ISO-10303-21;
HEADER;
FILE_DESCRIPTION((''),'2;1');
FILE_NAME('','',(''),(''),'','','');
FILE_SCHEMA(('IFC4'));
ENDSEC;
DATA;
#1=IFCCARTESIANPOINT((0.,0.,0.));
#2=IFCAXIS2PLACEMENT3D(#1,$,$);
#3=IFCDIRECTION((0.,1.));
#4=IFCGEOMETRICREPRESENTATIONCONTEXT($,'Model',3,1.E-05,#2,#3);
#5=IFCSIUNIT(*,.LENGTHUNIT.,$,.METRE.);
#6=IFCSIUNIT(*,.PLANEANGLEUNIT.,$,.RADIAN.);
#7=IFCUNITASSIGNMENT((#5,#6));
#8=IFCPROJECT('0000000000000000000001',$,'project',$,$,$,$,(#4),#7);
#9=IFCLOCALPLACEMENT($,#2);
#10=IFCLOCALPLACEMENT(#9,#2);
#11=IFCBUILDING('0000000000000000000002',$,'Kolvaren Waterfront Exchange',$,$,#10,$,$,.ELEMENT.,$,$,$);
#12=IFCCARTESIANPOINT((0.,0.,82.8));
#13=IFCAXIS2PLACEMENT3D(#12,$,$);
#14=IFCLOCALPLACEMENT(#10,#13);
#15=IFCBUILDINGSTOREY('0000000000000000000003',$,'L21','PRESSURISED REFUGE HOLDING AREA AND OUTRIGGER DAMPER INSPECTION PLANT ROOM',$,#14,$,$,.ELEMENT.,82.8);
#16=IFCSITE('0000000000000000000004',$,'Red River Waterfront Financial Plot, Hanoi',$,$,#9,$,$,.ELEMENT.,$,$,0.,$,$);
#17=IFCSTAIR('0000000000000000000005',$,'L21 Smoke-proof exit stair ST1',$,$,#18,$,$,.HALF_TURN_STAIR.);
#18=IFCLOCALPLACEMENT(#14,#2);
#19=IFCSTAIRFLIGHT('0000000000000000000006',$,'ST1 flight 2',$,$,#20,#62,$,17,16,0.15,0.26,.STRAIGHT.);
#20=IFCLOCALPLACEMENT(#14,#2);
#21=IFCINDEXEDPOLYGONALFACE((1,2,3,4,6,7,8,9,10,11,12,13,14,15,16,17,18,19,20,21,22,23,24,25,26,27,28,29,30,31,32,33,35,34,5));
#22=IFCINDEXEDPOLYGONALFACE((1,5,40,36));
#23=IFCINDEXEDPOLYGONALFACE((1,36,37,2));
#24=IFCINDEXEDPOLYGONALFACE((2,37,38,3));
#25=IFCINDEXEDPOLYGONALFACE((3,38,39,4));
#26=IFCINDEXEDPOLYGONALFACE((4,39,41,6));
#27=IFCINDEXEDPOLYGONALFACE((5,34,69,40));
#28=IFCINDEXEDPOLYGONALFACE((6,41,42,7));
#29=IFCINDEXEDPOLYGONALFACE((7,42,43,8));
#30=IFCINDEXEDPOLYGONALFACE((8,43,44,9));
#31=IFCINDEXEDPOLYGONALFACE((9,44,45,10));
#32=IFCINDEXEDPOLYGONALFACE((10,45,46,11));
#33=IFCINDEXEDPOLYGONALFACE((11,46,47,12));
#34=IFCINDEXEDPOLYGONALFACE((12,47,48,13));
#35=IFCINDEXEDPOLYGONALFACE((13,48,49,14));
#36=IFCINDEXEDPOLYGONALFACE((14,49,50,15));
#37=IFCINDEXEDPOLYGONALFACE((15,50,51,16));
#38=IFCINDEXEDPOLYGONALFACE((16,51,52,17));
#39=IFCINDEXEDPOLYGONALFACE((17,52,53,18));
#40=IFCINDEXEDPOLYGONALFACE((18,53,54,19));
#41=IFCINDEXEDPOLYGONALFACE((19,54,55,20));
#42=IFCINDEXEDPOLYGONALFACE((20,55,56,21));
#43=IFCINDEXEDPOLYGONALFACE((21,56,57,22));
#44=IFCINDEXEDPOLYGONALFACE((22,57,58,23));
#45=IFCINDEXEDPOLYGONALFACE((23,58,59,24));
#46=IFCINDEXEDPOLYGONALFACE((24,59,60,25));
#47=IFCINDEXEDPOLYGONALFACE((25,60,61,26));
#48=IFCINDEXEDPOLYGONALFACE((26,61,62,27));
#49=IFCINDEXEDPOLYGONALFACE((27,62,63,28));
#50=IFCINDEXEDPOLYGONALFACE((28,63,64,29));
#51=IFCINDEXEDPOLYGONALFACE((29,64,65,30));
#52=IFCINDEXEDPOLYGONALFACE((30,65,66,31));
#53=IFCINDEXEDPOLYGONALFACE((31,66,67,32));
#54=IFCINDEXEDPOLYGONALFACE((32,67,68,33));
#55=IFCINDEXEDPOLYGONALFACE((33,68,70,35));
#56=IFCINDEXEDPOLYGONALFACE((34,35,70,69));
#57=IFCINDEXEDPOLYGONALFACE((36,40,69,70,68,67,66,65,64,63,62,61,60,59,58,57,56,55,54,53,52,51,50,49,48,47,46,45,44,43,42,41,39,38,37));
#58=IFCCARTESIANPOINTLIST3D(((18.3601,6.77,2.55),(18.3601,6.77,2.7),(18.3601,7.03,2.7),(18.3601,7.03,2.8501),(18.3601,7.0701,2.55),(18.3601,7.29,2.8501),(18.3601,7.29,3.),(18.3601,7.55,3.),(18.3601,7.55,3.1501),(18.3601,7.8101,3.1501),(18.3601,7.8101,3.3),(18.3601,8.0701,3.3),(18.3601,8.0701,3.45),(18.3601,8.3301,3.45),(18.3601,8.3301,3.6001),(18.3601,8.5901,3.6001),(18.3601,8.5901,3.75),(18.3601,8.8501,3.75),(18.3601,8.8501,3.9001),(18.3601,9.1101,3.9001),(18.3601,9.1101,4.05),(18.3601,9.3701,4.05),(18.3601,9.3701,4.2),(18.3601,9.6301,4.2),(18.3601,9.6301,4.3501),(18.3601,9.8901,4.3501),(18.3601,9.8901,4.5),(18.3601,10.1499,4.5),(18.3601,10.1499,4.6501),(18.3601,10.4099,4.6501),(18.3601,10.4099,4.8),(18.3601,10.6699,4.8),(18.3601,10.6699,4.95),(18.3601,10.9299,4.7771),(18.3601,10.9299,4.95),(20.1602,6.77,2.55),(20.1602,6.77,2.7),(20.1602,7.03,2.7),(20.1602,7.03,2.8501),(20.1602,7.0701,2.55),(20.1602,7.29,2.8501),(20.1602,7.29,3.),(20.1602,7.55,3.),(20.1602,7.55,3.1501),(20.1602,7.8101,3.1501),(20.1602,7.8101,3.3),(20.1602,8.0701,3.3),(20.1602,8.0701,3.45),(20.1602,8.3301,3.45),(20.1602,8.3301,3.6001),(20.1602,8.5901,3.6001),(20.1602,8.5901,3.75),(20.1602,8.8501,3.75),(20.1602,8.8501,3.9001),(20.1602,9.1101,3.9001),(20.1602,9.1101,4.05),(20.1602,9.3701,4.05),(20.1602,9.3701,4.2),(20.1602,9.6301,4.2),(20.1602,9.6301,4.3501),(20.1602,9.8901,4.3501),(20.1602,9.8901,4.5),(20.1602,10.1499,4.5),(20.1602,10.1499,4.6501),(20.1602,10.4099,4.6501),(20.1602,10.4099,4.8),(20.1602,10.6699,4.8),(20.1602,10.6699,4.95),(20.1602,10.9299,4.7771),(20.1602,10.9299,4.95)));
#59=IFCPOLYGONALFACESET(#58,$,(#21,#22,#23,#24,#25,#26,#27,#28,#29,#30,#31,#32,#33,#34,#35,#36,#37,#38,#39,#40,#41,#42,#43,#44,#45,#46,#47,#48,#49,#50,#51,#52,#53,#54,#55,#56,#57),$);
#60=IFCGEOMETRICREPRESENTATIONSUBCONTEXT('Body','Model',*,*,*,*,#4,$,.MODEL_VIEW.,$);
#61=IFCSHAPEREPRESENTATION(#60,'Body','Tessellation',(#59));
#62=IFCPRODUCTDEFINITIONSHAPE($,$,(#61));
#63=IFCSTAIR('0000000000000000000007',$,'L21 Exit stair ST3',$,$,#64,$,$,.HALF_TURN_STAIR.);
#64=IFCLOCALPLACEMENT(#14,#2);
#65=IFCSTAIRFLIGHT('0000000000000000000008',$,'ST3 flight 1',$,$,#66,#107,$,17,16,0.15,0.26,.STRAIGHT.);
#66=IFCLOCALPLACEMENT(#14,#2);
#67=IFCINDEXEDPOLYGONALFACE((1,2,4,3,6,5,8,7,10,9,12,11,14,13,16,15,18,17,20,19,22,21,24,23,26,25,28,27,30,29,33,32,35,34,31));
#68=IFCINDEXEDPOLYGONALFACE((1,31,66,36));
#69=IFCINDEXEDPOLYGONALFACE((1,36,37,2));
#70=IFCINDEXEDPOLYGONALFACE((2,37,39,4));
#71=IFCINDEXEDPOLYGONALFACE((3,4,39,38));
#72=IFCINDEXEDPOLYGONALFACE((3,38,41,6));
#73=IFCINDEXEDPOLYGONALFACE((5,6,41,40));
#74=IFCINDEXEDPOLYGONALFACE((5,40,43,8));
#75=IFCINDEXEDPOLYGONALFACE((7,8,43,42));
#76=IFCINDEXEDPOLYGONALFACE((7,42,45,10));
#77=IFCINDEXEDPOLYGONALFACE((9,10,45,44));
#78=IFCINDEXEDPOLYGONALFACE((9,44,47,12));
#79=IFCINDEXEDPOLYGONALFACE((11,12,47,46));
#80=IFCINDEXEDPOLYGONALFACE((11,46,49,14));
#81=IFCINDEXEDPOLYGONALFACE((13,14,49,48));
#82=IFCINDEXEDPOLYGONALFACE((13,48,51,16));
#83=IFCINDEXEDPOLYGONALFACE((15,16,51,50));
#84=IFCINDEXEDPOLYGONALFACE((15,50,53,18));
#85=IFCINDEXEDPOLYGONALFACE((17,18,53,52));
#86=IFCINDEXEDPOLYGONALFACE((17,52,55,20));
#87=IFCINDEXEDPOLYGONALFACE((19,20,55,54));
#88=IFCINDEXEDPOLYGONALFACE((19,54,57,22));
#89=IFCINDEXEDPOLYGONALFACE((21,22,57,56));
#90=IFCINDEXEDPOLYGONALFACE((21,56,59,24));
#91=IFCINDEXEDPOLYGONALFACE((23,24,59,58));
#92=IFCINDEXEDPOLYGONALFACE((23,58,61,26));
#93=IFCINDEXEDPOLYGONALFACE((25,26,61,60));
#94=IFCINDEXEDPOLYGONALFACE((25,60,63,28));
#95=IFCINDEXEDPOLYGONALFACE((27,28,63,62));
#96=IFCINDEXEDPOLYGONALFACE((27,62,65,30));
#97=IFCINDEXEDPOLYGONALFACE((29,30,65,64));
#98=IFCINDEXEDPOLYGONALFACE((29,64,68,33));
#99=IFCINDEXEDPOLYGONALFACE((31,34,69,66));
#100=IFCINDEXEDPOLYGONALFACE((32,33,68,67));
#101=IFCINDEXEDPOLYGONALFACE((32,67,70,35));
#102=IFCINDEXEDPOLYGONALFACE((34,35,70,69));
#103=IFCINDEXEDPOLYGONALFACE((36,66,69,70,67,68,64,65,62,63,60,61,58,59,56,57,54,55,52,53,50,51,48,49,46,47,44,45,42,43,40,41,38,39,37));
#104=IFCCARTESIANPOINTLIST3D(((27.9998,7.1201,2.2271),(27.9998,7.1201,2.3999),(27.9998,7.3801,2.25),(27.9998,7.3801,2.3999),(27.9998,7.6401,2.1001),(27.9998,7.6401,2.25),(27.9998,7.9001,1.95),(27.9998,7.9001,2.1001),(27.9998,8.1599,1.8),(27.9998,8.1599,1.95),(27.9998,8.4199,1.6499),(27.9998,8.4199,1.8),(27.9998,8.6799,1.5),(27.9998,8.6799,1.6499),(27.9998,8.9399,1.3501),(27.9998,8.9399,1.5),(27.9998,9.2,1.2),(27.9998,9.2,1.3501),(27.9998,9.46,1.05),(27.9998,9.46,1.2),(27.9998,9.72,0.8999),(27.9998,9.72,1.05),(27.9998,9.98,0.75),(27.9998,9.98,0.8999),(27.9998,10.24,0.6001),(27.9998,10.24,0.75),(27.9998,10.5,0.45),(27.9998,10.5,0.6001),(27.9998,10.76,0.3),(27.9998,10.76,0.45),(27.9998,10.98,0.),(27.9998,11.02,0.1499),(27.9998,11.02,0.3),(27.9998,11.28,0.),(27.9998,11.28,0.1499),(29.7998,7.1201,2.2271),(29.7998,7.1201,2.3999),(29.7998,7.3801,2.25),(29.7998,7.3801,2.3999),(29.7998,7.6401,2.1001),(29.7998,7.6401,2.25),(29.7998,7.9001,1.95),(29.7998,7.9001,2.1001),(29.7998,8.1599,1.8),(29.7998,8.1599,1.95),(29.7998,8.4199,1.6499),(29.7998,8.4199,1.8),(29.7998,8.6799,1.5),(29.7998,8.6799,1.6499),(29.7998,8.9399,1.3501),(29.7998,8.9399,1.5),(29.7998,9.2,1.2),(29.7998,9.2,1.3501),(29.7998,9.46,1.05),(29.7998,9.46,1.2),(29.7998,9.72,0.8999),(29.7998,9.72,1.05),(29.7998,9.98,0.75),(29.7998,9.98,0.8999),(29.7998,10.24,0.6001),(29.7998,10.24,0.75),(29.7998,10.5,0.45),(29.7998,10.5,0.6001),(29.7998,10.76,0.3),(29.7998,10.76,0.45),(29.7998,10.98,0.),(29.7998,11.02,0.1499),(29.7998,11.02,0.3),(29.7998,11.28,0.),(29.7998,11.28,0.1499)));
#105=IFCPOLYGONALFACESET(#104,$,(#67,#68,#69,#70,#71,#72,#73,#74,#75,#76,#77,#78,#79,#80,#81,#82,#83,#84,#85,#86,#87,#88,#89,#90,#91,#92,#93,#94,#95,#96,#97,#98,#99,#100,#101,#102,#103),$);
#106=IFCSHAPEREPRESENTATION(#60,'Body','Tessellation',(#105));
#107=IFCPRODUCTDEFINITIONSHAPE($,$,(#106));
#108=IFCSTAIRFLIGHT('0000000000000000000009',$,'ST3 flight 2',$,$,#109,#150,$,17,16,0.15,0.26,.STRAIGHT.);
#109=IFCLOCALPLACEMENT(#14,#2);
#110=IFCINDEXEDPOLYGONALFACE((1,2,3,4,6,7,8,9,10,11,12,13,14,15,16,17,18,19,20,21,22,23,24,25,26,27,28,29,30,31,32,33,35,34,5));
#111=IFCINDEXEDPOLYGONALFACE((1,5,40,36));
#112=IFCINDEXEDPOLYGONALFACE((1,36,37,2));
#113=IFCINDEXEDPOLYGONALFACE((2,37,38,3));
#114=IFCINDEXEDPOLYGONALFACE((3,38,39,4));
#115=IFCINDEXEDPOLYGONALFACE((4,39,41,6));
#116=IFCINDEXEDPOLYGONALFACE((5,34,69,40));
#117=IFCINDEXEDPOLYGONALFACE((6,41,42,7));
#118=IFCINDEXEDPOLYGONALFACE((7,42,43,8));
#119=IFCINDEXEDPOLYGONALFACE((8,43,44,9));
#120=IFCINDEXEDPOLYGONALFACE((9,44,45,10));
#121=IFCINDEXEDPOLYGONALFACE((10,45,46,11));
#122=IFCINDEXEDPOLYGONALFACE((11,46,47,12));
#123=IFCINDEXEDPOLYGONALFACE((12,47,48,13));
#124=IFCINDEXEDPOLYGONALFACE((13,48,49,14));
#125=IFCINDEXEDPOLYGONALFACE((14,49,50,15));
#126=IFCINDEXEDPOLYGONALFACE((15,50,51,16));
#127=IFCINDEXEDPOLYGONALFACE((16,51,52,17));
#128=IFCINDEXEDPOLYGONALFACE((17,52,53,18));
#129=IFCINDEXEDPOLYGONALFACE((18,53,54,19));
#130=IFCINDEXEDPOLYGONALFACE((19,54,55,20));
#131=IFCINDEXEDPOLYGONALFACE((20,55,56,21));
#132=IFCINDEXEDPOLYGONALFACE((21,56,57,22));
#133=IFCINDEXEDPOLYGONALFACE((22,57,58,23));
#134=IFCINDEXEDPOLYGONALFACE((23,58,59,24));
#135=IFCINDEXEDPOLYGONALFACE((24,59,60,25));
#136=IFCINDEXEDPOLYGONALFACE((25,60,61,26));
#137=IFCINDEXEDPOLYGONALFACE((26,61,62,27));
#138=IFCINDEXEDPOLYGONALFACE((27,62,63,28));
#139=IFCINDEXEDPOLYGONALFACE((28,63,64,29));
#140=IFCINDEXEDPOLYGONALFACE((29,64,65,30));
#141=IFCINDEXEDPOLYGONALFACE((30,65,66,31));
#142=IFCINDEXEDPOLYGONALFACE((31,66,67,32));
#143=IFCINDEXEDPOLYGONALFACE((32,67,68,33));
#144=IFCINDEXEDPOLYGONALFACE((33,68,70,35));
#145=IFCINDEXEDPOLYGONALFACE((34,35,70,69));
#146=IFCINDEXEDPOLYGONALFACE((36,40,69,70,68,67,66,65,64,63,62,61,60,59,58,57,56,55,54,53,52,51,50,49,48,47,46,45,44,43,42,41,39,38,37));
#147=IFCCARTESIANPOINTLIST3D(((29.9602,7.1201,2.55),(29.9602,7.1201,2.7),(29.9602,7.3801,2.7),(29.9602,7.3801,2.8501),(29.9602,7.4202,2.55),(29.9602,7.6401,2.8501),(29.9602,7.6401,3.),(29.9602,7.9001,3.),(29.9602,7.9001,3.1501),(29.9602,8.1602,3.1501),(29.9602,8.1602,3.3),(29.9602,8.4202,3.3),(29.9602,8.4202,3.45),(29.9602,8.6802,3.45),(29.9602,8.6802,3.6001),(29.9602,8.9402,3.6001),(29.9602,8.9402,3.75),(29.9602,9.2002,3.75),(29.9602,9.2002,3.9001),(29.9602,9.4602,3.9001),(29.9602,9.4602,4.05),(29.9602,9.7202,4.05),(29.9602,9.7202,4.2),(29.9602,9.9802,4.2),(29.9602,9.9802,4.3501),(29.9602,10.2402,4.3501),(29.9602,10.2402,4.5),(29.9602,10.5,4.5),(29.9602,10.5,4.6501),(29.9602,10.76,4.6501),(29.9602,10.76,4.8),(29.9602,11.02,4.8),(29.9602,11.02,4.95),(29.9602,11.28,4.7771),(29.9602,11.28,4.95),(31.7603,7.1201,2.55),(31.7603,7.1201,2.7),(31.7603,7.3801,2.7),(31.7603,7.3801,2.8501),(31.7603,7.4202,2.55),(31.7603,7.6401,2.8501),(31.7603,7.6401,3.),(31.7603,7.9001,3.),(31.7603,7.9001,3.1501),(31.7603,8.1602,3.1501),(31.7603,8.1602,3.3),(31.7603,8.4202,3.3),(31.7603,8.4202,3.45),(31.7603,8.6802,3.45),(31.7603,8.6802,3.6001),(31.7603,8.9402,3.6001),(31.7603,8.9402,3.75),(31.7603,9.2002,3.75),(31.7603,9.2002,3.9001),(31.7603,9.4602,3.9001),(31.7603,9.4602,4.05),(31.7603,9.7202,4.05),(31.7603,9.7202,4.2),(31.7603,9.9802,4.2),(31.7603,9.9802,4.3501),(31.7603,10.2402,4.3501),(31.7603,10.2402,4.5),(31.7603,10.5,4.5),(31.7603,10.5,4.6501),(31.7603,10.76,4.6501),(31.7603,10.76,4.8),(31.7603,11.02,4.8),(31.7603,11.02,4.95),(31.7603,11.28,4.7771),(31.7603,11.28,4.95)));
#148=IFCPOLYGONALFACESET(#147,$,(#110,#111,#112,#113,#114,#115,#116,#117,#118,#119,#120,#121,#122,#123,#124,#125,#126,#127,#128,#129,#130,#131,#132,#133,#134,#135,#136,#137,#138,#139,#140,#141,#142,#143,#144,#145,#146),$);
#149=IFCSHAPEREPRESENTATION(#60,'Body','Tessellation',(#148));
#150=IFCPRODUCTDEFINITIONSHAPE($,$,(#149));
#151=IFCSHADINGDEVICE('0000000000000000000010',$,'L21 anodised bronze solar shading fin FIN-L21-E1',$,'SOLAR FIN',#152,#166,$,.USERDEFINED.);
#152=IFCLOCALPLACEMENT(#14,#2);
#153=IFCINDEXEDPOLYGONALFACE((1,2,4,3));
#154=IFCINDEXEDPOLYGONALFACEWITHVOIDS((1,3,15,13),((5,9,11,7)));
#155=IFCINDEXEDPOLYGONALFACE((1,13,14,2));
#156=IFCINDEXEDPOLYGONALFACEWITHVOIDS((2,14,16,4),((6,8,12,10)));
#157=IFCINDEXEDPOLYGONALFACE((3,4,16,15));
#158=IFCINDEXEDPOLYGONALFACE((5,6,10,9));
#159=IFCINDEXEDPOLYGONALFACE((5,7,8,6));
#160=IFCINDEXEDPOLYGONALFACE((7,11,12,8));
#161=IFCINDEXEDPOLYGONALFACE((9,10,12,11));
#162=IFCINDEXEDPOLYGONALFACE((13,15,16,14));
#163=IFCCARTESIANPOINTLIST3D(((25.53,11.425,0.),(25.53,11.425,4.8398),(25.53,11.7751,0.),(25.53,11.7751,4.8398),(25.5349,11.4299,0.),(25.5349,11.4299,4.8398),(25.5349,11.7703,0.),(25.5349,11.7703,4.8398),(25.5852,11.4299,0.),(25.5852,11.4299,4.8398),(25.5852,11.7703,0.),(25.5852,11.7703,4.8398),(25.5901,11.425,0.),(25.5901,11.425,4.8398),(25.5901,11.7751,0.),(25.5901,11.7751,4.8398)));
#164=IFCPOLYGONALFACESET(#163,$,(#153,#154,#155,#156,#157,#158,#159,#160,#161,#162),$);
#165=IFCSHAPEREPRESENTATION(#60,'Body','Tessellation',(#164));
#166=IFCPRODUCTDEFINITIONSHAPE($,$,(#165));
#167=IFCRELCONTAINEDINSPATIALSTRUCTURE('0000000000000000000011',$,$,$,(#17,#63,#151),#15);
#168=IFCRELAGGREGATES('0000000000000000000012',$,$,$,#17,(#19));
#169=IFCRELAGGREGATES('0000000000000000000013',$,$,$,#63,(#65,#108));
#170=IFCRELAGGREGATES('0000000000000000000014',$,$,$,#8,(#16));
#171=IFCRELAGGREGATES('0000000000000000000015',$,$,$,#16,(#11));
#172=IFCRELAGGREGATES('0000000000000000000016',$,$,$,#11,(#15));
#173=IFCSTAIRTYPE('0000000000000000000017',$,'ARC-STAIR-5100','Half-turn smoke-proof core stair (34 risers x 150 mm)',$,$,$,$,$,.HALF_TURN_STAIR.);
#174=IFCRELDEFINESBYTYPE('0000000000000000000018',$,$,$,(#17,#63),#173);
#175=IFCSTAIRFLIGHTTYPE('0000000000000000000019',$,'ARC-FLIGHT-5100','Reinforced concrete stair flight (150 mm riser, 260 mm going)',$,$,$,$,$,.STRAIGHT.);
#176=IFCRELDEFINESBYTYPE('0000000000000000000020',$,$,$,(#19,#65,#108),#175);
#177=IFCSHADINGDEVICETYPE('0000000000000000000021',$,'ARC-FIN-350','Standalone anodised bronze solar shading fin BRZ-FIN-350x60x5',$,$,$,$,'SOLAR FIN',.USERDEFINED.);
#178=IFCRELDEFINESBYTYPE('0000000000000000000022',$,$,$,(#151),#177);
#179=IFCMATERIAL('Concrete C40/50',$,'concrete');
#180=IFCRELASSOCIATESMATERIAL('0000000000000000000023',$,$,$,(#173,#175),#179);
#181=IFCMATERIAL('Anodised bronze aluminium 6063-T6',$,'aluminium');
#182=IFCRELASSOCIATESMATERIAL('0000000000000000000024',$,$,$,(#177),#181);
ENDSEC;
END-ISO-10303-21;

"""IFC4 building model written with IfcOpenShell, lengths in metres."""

from ifc_helpers import new_model, si_unit, direction, frame, origin, origin_2d, place, context, subcontext, project, spatial, polyline, hollow_rectangle, outline, extrude, material, material_profile, profile_set, type_object, element, aggregate, save


model = new_model("IFC4")

# Units and contexts
model_context = context("Model", 3, precision=1e-05, world=origin(), true_north=direction((0.0, 1.0)))
body_context = subcontext(model_context, "Body", "Model", "MODEL_VIEW")
ifc_project = project(units=[si_unit("LENGTHUNIT", "METRE"), si_unit("PLANEANGLEUNIT", "RADIAN")], contexts=[model_context])

# Site, building, storey
site_placement = place(None, origin())
site = spatial("IfcSite", under=ifc_project, at=site_placement, Name="Red River Waterfront Financial Plot, Hanoi", CompositionType="ELEMENT", RefElevation=0.0)
building_placement = place(site_placement, origin())
building = spatial("IfcBuilding", under=site, at=building_placement, Name="Kolvaren Waterfront Exchange", CompositionType="ELEMENT")
storey_placement = place(building_placement, frame((0.0, 0.0, 82.8)))
storey = spatial("IfcBuildingStorey", under=building, at=storey_placement, Name="L21", Description="PRESSURISED REFUGE HOLDING AREA AND OUTRIGGER DAMPER INSPECTION PLANT ROOM", CompositionType="ELEMENT", Elevation=82.8)

# Shared definitions
ifc_material_1 = material(Name="Concrete C40/50", Category="concrete")

# Stair, stair flight
stair_type = type_object("IfcStairType", Name="ARC-STAIR-5100", Description="Half-turn smoke-proof core stair (34 risers x 150 mm)", PredefinedType="HALF_TURN_STAIR", material=ifc_material_1)
stair_1_placement = place(storey_placement, origin())
stair_1 = element("IfcStair", 1, at=stair_1_placement, inside=storey, type_object=stair_type, Name="L21 Smoke-proof exit stair ST1", PredefinedType="HALF_TURN_STAIR")
stair_flight_type = type_object("IfcStairFlightType", Name="ARC-FLIGHT-5100", Description="Reinforced concrete stair flight (150 mm riser, 260 mm going)", PredefinedType="STRAIGHT", material=ifc_material_1)
stair_flight_1_placement = place(storey_placement, frame((19.26, 6.77, 2.55), z_axis=(0.0, 0.0, 1.0), x_axis=(0.0, 1.0, 0.0)))
stair_flight_1 = element("IfcStairFlight", 2, at=stair_flight_1_placement, type_object=stair_flight_type, Name="ST1 flight 2", NumberOfRisers=17, NumberOfTreads=16, PredefinedType="STRAIGHT", RiserHeight=0.15, TreadLength=0.26, context=body_context, shape_type="SweptSolid", body=[
    extrude(outline(polyline([(0.0, 0.0), (0.0, 0.1499), (0.26, 0.1499), (0.26, 0.3), (0.52, 0.3), (0.52, 0.45), (0.78, 0.45), (0.78, 0.6001), (1.04, 0.6001), (1.04, 0.75), (1.3, 0.75), (1.3, 0.8999), (1.5601, 0.8999), (1.5601, 1.05), (1.8201, 1.05), (1.8201, 1.2), (2.0801, 1.2), (2.0801, 1.3501), (2.3401, 1.3501), (2.3401, 1.5), (2.6001, 1.5), (2.6001, 1.6499), (2.8601, 1.6499), (2.8601, 1.8), (3.1201, 1.8), (3.1201, 1.95), (3.3799, 1.95), (3.3799, 2.1001), (3.6399, 2.1001), (3.6399, 2.25), (3.8999, 2.25), (3.8999, 2.3999), (4.1599, 2.3999), (4.1599, 2.55), (4.1599, 2.2271), (0.3, 0.0), (0.0, 0.0)])), frame((0.0, 0.8999, 0.0), z_axis=(0.0, -1.0, 0.0), x_axis=(1.0, 0.0, 0.0)), (0.0, 0.0, 1.0), 1.8),
])
aggregate(stair_1, [stair_flight_1])

# Stair, stair flights
stair_2_placement = place(storey_placement, origin())
stair_2 = element("IfcStair", 3, at=stair_2_placement, inside=storey, type_object=stair_type, Name="L21 Exit stair ST3", PredefinedType="HALF_TURN_STAIR")
stair_flight_2_placement = place(storey_placement, frame((28.8999, 11.28, 0.0), z_axis=(0.0, 0.0, 1.0), x_axis=(0.0, -1.0, 0.0)))
stair_flight_2 = element("IfcStairFlight", 4, at=stair_flight_2_placement, type_object=stair_flight_type, Name="ST3 flight 1", NumberOfRisers=17, NumberOfTreads=16, PredefinedType="STRAIGHT", RiserHeight=0.15, TreadLength=0.26, context=body_context, shape_type="SweptSolid", body=[
    extrude(outline(polyline([(0.0, 0.0), (0.0, 0.1499), (0.26, 0.1499), (0.26, 0.3), (0.52, 0.3), (0.52, 0.45), (0.78, 0.45), (0.78, 0.6001), (1.04, 0.6001), (1.04, 0.75), (1.3, 0.75), (1.3, 0.8999), (1.5601, 0.8999), (1.5601, 1.05), (1.8201, 1.05), (1.8201, 1.2), (2.0801, 1.2), (2.0801, 1.3501), (2.3401, 1.3501), (2.3401, 1.5), (2.6001, 1.5), (2.6001, 1.6499), (2.8601, 1.6499), (2.8601, 1.8), (3.1201, 1.8), (3.1201, 1.95), (3.3799, 1.95), (3.3799, 2.1001), (3.6399, 2.1001), (3.6399, 2.25), (3.8999, 2.25), (3.8999, 2.3999), (4.1599, 2.3999), (4.1599, 2.55), (4.1599, 2.2271), (0.3, 0.0), (0.0, 0.0)])), frame((0.0, 0.8999, 0.0), z_axis=(0.0, -1.0, 0.0), x_axis=(1.0, 0.0, 0.0)), (0.0, 0.0, 1.0), 1.8),
])
stair_flight_3_placement = place(storey_placement, frame((30.8601, 7.1201, 2.55), z_axis=(0.0, 0.0, 1.0), x_axis=(0.0, 1.0, 0.0)))
stair_flight_3 = element("IfcStairFlight", 5, at=stair_flight_3_placement, type_object=stair_flight_type, Name="ST3 flight 2", NumberOfRisers=17, NumberOfTreads=16, PredefinedType="STRAIGHT", RiserHeight=0.15, TreadLength=0.26, context=body_context, shape_type="SweptSolid", body=[
    extrude(outline(polyline([(0.0, 0.0), (0.0, 0.1499), (0.26, 0.1499), (0.26, 0.3), (0.52, 0.3), (0.52, 0.45), (0.78, 0.45), (0.78, 0.6001), (1.04, 0.6001), (1.04, 0.75), (1.3, 0.75), (1.3, 0.8999), (1.5601, 0.8999), (1.5601, 1.05), (1.8201, 1.05), (1.8201, 1.2), (2.0801, 1.2), (2.0801, 1.3501), (2.3401, 1.3501), (2.3401, 1.5), (2.6001, 1.5), (2.6001, 1.6499), (2.8601, 1.6499), (2.8601, 1.8), (3.1201, 1.8), (3.1201, 1.95), (3.3799, 1.95), (3.3799, 2.1001), (3.6399, 2.1001), (3.6399, 2.25), (3.8999, 2.25), (3.8999, 2.3999), (4.1599, 2.3999), (4.1599, 2.55), (4.1599, 2.2271), (0.3, 0.0), (0.0, 0.0)])), frame((0.0, 0.8999, 0.0), z_axis=(0.0, -1.0, 0.0), x_axis=(1.0, 0.0, 0.0)), (0.0, 0.0, 1.0), 1.8),
])
aggregate(stair_2, [stair_flight_2, stair_flight_3])

# Shading device
ifc_material_2 = material(Name="Anodised bronze aluminium 6063-T6", Category="aluminium")
ifc_material_profile_1 = material_profile(ifc_material_2, hollow_rectangle(XDim=0.0601, YDim=0.3501, WallThickness=0.0049, at=origin_2d()), Name="BRZ-FIN-350x60x5")
ifc_profile_set_1 = profile_set([ifc_material_profile_1], Name="Anodised bronze aluminium 6063-T6")
shading_device_type = type_object("IfcShadingDeviceType", Name="ARC-FIN-350", Description="Standalone anodised bronze solar shading fin BRZ-FIN-350x60x5", ElementType="SOLAR FIN", PredefinedType="USERDEFINED", material=ifc_profile_set_1)
shading_device_placement = place(storey_placement, frame((25.5601, 11.6001, 0.0), z_axis=(0.0, 0.0, 1.0), x_axis=(1.0, 0.0, 0.0)))
element("IfcShadingDevice", 6, at=shading_device_placement, inside=storey, type_object=shading_device_type, Name="L21 anodised bronze solar shading fin FIN-L21-E1", ObjectType="SOLAR FIN", PredefinedType="USERDEFINED", context=body_context, shape_type="SweptSolid", body=[
    extrude(hollow_rectangle(XDim=0.0601, YDim=0.3501, WallThickness=0.0049, at=origin_2d()), origin(), (0.0, 0.0, 1.0), 4.8398),
])

save(model, "model.ifc")
